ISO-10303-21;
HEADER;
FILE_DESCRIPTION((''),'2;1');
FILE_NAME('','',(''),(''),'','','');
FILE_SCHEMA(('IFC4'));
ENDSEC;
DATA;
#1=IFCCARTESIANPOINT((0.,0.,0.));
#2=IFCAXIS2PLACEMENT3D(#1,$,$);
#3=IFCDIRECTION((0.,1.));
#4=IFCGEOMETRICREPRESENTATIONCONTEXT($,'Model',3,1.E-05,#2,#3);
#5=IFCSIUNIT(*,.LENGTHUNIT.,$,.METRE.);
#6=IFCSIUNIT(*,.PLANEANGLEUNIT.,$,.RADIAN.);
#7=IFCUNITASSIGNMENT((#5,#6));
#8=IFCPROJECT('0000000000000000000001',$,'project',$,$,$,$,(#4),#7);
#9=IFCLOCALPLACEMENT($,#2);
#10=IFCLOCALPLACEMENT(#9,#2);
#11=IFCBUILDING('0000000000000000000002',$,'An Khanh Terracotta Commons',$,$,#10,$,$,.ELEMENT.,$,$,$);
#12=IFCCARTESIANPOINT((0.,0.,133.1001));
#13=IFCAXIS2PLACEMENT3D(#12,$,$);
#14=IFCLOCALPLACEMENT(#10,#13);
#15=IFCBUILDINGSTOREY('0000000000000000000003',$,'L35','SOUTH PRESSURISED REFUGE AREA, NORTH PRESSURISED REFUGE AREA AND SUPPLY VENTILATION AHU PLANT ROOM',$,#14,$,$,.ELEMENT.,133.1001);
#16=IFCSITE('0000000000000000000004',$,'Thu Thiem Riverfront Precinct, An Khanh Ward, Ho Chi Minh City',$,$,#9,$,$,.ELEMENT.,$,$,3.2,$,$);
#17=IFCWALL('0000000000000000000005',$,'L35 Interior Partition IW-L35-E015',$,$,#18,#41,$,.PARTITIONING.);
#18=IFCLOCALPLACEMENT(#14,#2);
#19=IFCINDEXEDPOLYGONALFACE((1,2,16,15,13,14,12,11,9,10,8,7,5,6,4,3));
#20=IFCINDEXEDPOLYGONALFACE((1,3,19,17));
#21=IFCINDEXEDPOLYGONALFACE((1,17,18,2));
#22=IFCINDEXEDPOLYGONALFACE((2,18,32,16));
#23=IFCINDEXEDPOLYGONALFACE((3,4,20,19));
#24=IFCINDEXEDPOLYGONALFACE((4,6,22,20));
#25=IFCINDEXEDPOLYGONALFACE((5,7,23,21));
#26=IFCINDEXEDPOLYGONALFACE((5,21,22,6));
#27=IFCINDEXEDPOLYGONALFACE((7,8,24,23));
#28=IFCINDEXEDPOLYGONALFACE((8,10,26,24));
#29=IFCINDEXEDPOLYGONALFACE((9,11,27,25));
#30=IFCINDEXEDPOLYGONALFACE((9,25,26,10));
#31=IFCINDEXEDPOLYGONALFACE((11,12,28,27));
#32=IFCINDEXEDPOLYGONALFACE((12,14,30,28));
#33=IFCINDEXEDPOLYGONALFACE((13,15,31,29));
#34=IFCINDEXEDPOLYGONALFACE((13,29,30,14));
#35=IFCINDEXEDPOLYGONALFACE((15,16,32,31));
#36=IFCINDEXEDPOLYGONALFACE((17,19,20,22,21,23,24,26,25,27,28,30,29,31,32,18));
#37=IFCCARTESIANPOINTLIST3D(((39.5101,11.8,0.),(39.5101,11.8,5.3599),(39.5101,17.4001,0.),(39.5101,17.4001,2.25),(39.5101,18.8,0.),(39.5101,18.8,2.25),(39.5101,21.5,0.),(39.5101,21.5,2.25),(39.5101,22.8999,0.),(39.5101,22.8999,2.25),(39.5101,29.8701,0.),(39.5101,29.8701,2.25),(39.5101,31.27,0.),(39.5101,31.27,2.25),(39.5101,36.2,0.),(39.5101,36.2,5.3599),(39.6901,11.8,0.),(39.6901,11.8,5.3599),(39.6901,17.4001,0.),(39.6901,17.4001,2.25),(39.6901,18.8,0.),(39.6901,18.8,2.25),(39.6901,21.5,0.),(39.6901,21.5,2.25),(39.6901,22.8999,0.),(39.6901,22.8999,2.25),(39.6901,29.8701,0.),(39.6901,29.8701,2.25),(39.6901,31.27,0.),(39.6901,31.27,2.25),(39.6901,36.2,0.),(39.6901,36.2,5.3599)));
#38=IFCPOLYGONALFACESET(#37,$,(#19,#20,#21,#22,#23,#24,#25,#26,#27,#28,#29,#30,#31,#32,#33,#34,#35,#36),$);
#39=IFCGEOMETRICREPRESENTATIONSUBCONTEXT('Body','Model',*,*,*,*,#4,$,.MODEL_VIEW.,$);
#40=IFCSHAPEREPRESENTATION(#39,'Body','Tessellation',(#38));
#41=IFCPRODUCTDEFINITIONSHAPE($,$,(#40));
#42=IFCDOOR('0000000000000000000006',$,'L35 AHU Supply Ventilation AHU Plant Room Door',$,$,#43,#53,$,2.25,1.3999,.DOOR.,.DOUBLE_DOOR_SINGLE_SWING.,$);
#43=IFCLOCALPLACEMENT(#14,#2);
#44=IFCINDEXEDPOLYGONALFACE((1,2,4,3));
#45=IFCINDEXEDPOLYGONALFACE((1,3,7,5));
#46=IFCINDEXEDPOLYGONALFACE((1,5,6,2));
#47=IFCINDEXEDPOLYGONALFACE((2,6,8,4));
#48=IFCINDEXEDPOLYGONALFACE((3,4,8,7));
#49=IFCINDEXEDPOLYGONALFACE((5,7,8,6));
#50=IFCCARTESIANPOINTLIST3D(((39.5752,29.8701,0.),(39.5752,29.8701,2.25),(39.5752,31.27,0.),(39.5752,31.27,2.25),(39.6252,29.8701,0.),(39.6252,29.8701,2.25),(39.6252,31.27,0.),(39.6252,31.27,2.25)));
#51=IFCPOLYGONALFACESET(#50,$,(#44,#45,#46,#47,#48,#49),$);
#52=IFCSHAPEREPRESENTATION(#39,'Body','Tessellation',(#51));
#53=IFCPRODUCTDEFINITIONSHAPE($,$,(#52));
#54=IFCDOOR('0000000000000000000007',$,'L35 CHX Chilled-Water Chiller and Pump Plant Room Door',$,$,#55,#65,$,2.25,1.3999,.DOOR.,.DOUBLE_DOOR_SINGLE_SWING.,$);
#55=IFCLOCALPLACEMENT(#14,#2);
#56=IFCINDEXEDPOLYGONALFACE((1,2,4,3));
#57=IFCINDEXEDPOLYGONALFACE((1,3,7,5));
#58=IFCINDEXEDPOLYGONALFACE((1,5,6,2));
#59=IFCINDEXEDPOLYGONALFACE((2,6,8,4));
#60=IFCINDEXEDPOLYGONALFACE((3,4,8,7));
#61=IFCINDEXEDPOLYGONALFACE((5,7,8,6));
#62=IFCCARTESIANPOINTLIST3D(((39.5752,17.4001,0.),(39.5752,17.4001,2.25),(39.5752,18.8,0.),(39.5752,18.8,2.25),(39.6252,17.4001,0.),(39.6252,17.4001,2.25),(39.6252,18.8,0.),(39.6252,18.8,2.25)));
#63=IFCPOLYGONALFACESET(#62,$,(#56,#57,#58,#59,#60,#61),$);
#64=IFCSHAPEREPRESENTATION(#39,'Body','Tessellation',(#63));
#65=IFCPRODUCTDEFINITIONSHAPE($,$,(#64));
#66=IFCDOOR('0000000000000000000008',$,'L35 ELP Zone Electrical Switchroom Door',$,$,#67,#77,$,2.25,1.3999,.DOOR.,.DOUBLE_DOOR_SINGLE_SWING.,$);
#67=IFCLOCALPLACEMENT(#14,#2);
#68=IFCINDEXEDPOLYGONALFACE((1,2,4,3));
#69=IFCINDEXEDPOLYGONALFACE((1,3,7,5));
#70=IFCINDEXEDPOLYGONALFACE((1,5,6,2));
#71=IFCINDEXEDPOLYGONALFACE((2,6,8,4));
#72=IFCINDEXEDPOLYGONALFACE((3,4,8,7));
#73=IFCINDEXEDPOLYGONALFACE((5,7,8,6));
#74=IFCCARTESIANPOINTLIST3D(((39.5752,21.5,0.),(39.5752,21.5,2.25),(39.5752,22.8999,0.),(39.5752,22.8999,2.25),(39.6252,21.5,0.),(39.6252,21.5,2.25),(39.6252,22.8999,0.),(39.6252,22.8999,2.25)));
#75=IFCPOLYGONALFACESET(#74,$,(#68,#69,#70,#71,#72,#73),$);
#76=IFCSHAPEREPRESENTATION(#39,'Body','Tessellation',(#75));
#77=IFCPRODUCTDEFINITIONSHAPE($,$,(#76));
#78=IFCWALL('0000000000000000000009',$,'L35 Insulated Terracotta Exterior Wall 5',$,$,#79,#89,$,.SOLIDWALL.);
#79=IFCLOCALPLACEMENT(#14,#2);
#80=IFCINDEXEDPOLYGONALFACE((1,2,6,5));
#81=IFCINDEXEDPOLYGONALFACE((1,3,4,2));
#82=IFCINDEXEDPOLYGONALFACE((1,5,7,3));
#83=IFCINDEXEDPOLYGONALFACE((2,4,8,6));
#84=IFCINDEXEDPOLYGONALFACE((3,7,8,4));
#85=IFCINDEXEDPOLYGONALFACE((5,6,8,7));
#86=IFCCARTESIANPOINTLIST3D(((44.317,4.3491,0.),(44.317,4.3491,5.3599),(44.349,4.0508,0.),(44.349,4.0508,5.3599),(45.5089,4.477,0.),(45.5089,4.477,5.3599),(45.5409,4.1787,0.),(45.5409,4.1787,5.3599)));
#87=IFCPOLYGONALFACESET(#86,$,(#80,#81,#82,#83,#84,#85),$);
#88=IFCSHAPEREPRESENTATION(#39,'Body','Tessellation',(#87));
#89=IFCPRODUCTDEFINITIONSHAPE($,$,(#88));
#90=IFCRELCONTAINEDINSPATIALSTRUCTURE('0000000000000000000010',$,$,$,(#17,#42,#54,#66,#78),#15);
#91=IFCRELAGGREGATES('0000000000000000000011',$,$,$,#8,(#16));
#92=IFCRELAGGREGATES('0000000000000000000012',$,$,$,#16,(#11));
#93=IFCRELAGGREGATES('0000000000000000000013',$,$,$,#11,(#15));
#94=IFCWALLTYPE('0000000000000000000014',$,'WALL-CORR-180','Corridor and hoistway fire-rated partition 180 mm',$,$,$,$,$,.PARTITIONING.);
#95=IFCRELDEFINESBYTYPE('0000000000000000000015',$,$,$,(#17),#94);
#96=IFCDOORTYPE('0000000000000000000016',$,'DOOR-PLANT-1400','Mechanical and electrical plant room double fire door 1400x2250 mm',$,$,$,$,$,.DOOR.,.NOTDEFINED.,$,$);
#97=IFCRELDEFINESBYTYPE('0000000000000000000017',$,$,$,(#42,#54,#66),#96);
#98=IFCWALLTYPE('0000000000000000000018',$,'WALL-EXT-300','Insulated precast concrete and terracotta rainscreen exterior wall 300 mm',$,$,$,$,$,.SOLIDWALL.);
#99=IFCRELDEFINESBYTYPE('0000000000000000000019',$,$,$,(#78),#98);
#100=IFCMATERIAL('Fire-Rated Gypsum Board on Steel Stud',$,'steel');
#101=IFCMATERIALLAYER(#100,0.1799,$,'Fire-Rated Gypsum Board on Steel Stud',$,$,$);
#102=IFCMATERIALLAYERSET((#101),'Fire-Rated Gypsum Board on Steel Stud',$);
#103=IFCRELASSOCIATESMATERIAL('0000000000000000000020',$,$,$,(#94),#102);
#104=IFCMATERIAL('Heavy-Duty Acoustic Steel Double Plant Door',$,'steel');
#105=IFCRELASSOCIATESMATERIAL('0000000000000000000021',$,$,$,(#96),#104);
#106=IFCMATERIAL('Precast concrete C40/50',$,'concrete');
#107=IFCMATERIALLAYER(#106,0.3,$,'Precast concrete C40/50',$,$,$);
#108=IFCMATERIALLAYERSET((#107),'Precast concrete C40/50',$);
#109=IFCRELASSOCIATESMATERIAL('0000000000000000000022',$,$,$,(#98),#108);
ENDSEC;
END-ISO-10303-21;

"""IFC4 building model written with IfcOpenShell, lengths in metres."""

from ifc_helpers import new_model, si_unit, direction, frame, frame_2d, origin, place, context, subcontext, project, spatial, rectangle, extrude, material, layer, layer_set, type_object, element, fill, save


model = new_model("IFC4")

# Units and contexts
model_context = context("Model", 3, precision=1e-05, world=origin(), true_north=direction((0.0, 1.0)))
body_context = subcontext(model_context, "Body", "Model", "MODEL_VIEW")
ifc_project = project(units=[si_unit("LENGTHUNIT", "METRE"), si_unit("PLANEANGLEUNIT", "RADIAN")], contexts=[model_context])

# Site, building, storey
site_placement = place(None, origin())
site = spatial("IfcSite", under=ifc_project, at=site_placement, Name="Thu Thiem Riverfront Precinct, An Khanh Ward, Ho Chi Minh City", CompositionType="ELEMENT", RefElevation=3.2)
building_placement = place(site_placement, origin())
building = spatial("IfcBuilding", under=site, at=building_placement, Name="An Khanh Terracotta Commons", CompositionType="ELEMENT")
storey_placement = place(building_placement, frame((0.0, 0.0, 133.1001)))
storey = spatial("IfcBuildingStorey", under=building, at=storey_placement, Name="L35", Description="SOUTH PRESSURISED REFUGE AREA, NORTH PRESSURISED REFUGE AREA AND SUPPLY VENTILATION AHU PLANT ROOM", CompositionType="ELEMENT", Elevation=133.1001)

# Wall, openings, doors
ifc_material_1 = material(Name="Fire-Rated Gypsum Board on Steel Stud", Category="steel")
ifc_layer_1 = layer(ifc_material_1, 0.1799, Name="Fire-Rated Gypsum Board on Steel Stud")
ifc_layer_set_1 = layer_set([ifc_layer_1], Name="Fire-Rated Gypsum Board on Steel Stud")
wall_type_1 = type_object("IfcWallType", Name="WALL-CORR-180", Description="Corridor and hoistway fire-rated partition 180 mm", PredefinedType="PARTITIONING", material=ifc_layer_set_1)
wall_1_placement = place(storey_placement, frame((39.6001, 11.8, 0.0), z_axis=(0.0, 0.0, 1.0), x_axis=(0.0, 1.0, 0.0)))
wall_1 = element("IfcWall", 1, at=wall_1_placement, inside=storey, type_object=wall_type_1, Name="L35 Interior Partition IW-L35-E015", PredefinedType="PARTITIONING", context=body_context, shape_type="SweptSolid", body=[
    extrude(rectangle(XDim=24.3999, YDim=0.1799, at=frame_2d((12.2, 0.0))), origin(), (0.0, 0.0, 1.0), 5.3599),
])
opening_1_placement = place(wall_1_placement, frame((18.0701, 0.0, 0.0)))
opening_1 = element("IfcOpeningElement", 2, at=opening_1_placement, cuts=wall_1, PredefinedType="OPENING", context=body_context, shape_type="SweptSolid", body=[
    extrude(rectangle(XDim=1.3999, YDim=2.25, at=frame_2d((0.7, 1.125))), frame((0.0, 0.0999, 0.0), z_axis=(0.0, -1.0, 0.0), x_axis=(1.0, 0.0, 0.0)), (0.0, 0.0, 1.0), 0.2),
])
opening_2_placement = place(wall_1_placement, frame((5.6001, 0.0, 0.0)))
opening_2 = element("IfcOpeningElement", 3, at=opening_2_placement, cuts=wall_1, PredefinedType="OPENING", context=body_context, shape_type="SweptSolid", body=[
    extrude(rectangle(XDim=1.3999, YDim=2.25, at=frame_2d((0.7, 1.125))), frame((0.0, 0.0999, 0.0), z_axis=(0.0, -1.0, 0.0), x_axis=(1.0, 0.0, 0.0)), (0.0, 0.0, 1.0), 0.2),
])
opening_3_placement = place(wall_1_placement, frame((9.7, 0.0, 0.0)))
opening_3 = element("IfcOpeningElement", 4, at=opening_3_placement, cuts=wall_1, PredefinedType="OPENING", context=body_context, shape_type="SweptSolid", body=[
    extrude(rectangle(XDim=1.3999, YDim=2.25, at=frame_2d((0.7, 1.125))), frame((0.0, 0.0999, 0.0), z_axis=(0.0, -1.0, 0.0), x_axis=(1.0, 0.0, 0.0)), (0.0, 0.0, 1.0), 0.2),
])
ifc_material_2 = material(Name="Heavy-Duty Acoustic Steel Double Plant Door", Category="steel")
door_type = type_object("IfcDoorType", Name="DOOR-PLANT-1400", Description="Mechanical and electrical plant room double fire door 1400x2250 mm", OperationType="NOTDEFINED", PredefinedType="DOOR", material=ifc_material_2)
door_1_placement = place(opening_1_placement, origin())
door_1 = element("IfcDoor", 5, at=door_1_placement, inside=storey, type_object=door_type, Name="L35 AHU Supply Ventilation AHU Plant Room Door", OperationType="DOUBLE_DOOR_SINGLE_SWING", OverallHeight=2.25, OverallWidth=1.3999, PredefinedType="DOOR", context=body_context, shape_type="SweptSolid", body=[
    extrude(rectangle(XDim=1.3999, YDim=2.25, at=frame_2d((0.7, 1.125))), frame((0.0, 0.0249, 0.0), z_axis=(0.0, -1.0, 0.0), x_axis=(1.0, 0.0, 0.0)), (0.0, 0.0, 1.0), 0.05),
])
fill(opening_1, door_1)
door_2_placement = place(opening_2_placement, origin())
door_2 = element("IfcDoor", 6, at=door_2_placement, inside=storey, type_object=door_type, Name="L35 CHX Chilled-Water Chiller and Pump Plant Room Door", OperationType="DOUBLE_DOOR_SINGLE_SWING", OverallHeight=2.25, OverallWidth=1.3999, PredefinedType="DOOR", context=body_context, shape_type="SweptSolid", body=[
    extrude(rectangle(XDim=1.3999, YDim=2.25, at=frame_2d((0.7, 1.125))), frame((0.0, 0.0249, 0.0), z_axis=(0.0, -1.0, 0.0), x_axis=(1.0, 0.0, 0.0)), (0.0, 0.0, 1.0), 0.05),
])
fill(opening_2, door_2)
door_3_placement = place(opening_3_placement, origin())
door_3 = element("IfcDoor", 7, at=door_3_placement, inside=storey, type_object=door_type, Name="L35 ELP Zone Electrical Switchroom Door", OperationType="DOUBLE_DOOR_SINGLE_SWING", OverallHeight=2.25, OverallWidth=1.3999, PredefinedType="DOOR", context=body_context, shape_type="SweptSolid", body=[
    extrude(rectangle(XDim=1.3999, YDim=2.25, at=frame_2d((0.7, 1.125))), frame((0.0, 0.0249, 0.0), z_axis=(0.0, -1.0, 0.0), x_axis=(1.0, 0.0, 0.0)), (0.0, 0.0, 1.0), 0.05),
])
fill(opening_3, door_3)

# Wall
ifc_material_3 = material(Name="Precast concrete C40/50", Category="concrete")
ifc_layer_2 = layer(ifc_material_3, 0.3, Name="Precast concrete C40/50")
ifc_layer_set_2 = layer_set([ifc_layer_2], Name="Precast concrete C40/50")
wall_type_2 = type_object("IfcWallType", Name="WALL-EXT-300", Description="Insulated precast concrete and terracotta rainscreen exterior wall 300 mm", PredefinedType="SOLIDWALL", material=ifc_layer_set_2)
wall_2_placement = place(storey_placement, frame((44.333, 4.2, 0.0), z_axis=(0.0, 0.0, 1.0), x_axis=(0.994289, 0.10672, 0.0)))
element("IfcWall", 8, at=wall_2_placement, inside=storey, type_object=wall_type_2, Name="L35 Insulated Terracotta Exterior Wall 5", PredefinedType="SOLIDWALL", context=body_context, shape_type="SweptSolid", body=[
    extrude(rectangle(XDim=1.1987, YDim=0.3, at=frame_2d((0.5994, 0.0))), origin(), (0.0, 0.0, 1.0), 5.3599),
])

save(model, "model.ifc")
